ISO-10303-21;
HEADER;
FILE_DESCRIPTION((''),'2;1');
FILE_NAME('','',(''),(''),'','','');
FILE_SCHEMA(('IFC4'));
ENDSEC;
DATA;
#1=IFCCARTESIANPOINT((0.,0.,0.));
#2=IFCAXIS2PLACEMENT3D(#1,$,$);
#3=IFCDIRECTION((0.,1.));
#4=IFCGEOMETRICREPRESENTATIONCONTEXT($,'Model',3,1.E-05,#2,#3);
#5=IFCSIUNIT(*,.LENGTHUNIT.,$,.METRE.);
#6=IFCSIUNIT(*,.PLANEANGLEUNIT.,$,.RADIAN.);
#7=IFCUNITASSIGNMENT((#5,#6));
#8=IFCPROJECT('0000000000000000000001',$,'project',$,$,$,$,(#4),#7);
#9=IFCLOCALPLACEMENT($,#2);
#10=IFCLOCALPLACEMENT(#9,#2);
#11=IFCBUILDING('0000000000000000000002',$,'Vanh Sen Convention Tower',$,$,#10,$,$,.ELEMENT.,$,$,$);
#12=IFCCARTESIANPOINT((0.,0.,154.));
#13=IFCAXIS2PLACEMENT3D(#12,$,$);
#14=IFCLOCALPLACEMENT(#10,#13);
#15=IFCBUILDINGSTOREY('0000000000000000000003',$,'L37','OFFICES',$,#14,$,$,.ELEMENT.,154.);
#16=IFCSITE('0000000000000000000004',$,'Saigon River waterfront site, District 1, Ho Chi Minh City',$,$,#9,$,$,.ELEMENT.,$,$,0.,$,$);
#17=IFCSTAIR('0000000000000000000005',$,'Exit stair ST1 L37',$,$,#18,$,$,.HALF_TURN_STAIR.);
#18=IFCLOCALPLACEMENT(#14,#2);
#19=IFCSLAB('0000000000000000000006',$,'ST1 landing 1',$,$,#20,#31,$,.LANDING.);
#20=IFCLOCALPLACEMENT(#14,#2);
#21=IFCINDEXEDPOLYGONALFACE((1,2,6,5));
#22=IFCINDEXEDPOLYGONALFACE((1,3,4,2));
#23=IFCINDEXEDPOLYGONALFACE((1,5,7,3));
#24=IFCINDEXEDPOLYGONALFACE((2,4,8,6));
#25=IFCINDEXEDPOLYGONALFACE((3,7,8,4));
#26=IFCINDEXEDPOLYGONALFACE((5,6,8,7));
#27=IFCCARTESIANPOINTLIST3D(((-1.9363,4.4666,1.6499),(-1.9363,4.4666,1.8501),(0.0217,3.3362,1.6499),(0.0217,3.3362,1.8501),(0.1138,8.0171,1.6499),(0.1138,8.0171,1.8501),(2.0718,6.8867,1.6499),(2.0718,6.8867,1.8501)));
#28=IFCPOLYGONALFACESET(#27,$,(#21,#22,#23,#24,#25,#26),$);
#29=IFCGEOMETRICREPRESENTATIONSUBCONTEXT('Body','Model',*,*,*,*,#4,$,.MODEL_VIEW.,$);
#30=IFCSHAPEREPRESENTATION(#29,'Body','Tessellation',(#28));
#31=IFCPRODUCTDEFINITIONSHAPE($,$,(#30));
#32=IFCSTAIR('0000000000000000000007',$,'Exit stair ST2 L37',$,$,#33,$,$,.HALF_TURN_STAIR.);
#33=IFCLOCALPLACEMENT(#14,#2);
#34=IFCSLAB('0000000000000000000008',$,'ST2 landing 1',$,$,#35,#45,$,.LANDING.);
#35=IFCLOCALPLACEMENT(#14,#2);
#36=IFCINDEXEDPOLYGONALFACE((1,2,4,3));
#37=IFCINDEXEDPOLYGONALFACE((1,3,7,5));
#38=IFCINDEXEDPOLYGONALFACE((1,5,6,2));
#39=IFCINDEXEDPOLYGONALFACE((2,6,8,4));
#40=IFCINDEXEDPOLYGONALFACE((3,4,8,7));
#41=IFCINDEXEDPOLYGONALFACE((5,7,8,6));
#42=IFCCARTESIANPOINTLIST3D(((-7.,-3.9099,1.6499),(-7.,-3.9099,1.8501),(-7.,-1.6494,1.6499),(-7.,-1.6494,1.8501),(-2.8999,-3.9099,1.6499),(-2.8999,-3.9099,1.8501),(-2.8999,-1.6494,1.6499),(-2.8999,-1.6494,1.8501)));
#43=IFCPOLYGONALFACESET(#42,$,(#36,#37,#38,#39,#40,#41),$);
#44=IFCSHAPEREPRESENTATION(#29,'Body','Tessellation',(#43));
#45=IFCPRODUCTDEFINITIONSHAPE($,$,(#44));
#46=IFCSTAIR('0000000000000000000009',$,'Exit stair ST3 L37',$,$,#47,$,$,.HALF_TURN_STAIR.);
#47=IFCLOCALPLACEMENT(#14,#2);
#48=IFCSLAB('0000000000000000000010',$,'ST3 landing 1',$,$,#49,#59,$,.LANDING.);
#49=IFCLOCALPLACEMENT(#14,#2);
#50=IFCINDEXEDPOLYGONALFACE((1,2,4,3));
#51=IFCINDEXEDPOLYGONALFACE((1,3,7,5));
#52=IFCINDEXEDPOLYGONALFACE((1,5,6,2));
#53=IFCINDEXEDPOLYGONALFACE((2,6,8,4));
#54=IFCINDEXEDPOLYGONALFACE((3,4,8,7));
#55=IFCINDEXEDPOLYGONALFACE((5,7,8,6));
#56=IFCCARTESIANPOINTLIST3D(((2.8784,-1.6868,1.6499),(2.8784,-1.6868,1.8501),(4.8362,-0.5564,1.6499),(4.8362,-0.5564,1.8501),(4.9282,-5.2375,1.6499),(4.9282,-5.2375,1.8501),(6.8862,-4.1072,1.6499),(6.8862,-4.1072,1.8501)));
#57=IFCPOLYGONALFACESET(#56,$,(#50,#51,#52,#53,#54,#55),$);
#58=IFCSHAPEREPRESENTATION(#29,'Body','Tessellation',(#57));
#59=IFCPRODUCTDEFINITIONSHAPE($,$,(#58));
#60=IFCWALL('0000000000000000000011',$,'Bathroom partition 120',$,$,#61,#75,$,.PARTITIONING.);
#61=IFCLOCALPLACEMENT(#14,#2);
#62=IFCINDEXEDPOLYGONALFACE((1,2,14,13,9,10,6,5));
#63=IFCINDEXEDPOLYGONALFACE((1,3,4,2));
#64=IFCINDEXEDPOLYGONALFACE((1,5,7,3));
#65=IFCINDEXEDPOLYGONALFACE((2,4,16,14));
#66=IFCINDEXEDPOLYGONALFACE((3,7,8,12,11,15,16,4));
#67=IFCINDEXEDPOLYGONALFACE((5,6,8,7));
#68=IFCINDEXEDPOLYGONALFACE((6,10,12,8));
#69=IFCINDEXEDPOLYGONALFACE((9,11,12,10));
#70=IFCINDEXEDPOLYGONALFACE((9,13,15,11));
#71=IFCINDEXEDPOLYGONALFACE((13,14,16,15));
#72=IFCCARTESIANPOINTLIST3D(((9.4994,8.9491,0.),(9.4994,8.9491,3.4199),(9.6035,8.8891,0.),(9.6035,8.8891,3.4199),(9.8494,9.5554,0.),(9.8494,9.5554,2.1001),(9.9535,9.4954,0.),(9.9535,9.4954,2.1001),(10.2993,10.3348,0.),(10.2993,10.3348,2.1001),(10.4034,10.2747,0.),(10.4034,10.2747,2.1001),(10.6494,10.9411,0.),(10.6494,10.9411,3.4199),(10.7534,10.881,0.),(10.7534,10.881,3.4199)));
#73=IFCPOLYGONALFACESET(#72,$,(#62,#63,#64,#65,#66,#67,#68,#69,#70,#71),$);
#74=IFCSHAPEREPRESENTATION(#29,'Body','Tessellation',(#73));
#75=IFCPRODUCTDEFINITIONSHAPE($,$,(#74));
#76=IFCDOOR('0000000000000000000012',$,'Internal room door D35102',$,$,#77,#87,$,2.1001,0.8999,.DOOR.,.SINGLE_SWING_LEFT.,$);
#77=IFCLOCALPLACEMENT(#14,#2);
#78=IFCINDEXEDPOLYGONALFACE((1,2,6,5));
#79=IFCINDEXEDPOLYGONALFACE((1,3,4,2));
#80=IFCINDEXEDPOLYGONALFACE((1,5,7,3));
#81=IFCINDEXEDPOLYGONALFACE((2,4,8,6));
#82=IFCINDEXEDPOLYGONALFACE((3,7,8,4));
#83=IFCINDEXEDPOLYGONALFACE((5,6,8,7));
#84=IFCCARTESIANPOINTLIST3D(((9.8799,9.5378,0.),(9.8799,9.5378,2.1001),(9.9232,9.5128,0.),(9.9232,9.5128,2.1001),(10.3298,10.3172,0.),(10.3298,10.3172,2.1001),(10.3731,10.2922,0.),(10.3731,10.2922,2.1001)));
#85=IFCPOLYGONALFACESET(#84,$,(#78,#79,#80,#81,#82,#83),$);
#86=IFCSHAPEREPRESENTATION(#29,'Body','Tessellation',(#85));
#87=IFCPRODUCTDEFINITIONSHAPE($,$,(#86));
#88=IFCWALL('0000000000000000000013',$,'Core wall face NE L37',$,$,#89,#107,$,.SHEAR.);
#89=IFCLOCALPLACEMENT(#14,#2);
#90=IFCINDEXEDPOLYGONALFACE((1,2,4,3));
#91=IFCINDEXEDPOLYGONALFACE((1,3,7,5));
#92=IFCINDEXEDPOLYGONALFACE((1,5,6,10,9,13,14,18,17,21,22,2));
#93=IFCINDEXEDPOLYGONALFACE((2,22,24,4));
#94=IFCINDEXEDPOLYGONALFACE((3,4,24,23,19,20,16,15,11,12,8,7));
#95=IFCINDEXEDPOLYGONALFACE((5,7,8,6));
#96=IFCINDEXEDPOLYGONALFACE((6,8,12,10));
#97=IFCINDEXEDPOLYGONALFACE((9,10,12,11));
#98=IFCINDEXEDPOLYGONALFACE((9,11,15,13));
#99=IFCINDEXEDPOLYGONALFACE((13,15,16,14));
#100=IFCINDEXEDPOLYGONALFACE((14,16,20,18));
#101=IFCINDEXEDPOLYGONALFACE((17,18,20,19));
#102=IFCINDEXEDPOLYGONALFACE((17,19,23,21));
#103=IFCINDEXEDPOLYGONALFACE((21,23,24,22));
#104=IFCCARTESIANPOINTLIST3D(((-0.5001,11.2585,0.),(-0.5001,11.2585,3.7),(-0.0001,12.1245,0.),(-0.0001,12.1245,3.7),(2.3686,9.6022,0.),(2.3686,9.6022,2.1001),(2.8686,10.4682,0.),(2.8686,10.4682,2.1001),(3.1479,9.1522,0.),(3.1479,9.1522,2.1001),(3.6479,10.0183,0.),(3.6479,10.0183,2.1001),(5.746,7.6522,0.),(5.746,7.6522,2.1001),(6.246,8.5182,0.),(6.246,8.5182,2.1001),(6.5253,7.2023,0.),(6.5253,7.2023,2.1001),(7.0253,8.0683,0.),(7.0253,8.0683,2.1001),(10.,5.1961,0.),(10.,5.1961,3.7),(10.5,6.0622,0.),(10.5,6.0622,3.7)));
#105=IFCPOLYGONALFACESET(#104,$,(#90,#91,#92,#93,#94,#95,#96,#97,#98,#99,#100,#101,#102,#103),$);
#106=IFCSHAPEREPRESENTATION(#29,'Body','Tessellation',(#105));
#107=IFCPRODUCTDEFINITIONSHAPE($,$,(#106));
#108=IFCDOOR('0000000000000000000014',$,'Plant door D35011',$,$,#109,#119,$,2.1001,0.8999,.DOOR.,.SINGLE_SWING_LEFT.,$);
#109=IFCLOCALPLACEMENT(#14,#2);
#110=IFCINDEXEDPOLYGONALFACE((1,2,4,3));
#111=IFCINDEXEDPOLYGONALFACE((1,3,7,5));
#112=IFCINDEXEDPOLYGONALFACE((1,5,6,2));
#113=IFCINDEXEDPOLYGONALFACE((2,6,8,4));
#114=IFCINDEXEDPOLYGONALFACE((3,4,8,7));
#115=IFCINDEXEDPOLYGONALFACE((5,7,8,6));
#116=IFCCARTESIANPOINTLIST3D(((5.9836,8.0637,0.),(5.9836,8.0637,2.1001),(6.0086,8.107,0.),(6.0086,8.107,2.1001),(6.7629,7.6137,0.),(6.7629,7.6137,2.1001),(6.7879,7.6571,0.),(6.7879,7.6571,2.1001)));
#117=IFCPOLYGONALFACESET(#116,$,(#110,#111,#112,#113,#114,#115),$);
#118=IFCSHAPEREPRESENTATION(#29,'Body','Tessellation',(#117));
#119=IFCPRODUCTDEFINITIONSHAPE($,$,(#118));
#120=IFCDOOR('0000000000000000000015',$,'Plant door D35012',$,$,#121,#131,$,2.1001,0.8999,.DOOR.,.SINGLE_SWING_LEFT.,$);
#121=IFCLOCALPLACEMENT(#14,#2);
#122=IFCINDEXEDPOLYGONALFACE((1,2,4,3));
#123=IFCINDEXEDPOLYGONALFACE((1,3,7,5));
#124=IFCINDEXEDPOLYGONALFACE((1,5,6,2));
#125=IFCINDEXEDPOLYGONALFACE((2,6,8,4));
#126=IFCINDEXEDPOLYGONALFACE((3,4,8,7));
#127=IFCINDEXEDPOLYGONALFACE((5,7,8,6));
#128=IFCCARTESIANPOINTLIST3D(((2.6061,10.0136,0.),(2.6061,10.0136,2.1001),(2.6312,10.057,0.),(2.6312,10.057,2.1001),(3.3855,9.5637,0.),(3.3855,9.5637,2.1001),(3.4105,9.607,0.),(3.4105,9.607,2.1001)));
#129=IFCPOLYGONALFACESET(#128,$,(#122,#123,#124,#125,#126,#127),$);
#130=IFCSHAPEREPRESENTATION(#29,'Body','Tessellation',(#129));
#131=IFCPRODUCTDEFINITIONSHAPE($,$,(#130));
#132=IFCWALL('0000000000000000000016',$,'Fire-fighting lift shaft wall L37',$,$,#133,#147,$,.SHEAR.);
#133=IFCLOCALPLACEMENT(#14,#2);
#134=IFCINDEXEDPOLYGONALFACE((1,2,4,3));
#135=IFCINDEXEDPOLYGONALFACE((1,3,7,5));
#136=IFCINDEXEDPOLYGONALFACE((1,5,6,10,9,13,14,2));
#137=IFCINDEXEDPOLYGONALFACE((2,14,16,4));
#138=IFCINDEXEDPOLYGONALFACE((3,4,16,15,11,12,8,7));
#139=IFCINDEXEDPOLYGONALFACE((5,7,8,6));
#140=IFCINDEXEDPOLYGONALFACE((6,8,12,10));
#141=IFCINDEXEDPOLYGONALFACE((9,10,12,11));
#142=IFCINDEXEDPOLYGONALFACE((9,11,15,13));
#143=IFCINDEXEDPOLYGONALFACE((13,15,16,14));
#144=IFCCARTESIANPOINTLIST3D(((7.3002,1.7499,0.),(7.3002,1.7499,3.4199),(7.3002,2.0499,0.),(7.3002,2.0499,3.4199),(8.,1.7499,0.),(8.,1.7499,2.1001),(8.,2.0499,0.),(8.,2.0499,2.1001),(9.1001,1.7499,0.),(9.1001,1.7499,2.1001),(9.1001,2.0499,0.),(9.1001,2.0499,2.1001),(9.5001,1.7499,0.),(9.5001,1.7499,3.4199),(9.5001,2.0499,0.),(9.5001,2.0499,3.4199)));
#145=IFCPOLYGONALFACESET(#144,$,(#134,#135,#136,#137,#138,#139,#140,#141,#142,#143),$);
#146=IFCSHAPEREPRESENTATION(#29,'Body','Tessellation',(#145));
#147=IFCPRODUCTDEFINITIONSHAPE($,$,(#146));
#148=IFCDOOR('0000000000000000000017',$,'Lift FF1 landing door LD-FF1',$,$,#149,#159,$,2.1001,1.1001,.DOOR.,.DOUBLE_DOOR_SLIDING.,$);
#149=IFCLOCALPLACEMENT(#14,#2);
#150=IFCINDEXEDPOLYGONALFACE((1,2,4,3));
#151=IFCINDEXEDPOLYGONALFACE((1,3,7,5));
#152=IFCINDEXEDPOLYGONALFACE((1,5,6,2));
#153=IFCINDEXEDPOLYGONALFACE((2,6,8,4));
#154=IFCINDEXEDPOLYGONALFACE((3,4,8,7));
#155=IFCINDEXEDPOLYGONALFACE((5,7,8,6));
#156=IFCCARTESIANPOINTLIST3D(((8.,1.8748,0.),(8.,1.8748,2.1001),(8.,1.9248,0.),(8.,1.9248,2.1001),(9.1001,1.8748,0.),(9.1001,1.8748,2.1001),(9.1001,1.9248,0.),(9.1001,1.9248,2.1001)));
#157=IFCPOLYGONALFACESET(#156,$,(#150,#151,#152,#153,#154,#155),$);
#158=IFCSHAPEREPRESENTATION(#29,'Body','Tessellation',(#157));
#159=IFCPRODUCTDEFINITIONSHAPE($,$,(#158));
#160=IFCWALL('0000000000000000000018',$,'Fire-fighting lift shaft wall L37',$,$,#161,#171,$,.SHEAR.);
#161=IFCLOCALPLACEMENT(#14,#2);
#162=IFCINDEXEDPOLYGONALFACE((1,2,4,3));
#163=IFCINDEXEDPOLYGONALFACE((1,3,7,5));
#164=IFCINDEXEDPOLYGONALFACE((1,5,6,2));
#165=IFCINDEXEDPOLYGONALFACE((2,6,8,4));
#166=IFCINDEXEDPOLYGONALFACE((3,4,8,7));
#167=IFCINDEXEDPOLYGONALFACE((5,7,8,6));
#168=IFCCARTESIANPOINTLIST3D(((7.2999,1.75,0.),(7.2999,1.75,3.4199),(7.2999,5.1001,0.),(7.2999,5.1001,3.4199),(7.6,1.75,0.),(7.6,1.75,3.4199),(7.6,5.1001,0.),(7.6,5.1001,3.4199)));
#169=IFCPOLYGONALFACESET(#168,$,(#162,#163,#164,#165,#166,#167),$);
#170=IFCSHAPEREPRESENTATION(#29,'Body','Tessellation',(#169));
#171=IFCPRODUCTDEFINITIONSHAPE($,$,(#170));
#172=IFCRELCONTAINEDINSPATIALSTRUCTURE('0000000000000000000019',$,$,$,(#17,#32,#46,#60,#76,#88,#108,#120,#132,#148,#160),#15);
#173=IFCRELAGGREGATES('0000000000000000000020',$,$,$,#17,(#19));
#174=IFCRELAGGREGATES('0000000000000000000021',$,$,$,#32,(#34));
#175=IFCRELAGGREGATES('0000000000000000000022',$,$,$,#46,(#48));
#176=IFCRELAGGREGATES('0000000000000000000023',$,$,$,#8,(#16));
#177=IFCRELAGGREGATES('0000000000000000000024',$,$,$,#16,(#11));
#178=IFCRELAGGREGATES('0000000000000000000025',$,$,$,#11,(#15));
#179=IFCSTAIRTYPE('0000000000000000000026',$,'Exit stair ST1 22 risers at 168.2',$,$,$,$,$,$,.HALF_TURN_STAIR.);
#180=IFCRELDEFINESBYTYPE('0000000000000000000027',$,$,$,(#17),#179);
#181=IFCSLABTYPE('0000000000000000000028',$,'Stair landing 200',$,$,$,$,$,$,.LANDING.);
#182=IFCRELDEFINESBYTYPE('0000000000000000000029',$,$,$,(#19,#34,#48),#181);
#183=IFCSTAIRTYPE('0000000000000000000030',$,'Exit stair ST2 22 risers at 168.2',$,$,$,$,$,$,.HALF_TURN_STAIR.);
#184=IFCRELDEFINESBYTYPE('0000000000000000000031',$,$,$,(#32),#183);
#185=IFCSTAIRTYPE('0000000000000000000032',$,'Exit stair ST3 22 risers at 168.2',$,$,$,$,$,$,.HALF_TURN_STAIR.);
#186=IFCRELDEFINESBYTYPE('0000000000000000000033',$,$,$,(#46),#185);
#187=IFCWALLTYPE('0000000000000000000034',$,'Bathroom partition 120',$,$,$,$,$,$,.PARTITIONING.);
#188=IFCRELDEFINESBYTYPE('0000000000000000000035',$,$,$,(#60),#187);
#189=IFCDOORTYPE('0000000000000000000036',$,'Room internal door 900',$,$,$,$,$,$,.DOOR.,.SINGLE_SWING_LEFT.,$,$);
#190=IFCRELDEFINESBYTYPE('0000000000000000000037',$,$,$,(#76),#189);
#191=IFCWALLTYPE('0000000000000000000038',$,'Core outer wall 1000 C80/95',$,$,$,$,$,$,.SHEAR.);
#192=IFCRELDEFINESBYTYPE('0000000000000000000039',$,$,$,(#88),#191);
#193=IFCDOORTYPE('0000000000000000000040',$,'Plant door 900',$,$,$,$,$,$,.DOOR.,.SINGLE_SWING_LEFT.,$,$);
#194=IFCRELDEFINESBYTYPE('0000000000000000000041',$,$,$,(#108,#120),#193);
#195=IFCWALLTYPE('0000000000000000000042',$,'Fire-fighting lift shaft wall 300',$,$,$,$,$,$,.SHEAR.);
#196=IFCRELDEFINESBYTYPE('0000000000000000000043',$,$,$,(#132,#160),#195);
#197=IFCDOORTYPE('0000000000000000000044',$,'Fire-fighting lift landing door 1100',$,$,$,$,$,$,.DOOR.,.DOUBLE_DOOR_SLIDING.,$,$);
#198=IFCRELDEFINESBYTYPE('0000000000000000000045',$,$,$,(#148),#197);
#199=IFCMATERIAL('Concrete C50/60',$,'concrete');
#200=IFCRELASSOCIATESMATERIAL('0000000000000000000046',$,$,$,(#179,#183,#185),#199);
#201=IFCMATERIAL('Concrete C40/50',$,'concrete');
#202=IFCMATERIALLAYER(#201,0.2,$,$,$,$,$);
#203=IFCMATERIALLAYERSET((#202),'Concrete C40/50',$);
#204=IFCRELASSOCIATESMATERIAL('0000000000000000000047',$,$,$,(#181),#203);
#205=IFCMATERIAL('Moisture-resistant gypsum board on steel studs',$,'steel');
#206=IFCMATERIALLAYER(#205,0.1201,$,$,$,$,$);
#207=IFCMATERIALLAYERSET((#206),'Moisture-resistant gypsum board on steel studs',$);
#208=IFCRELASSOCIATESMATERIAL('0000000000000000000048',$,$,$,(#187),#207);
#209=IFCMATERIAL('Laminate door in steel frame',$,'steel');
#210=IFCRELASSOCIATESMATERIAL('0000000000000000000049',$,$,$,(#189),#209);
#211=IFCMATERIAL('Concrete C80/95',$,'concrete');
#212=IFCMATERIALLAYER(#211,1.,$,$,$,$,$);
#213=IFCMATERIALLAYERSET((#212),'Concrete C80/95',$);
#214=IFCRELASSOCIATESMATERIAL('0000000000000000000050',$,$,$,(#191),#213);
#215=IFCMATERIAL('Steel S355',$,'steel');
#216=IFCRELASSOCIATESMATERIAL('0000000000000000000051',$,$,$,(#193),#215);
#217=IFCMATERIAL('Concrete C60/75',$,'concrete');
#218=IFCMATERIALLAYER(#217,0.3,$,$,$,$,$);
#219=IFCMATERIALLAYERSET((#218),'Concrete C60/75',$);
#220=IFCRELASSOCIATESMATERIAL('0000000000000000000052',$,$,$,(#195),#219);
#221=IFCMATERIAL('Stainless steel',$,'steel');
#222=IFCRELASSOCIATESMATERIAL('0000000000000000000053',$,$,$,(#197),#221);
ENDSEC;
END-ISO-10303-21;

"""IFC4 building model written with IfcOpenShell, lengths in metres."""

from ifc_helpers import new_model, si_unit, direction, frame, frame_2d, origin, place, context, subcontext, project, spatial, polyline, rectangle, outline, extrude, material, layer, layer_set, type_object, element, fill, aggregate, save


model = new_model("IFC4")

# Units and contexts
model_context = context("Model", 3, precision=1e-05, world=origin(), true_north=direction((0.0, 1.0)))
body_context = subcontext(model_context, "Body", "Model", "MODEL_VIEW")
ifc_project = project(units=[si_unit("LENGTHUNIT", "METRE"), si_unit("PLANEANGLEUNIT", "RADIAN")], contexts=[model_context])

# Site, building, storey
site_placement = place(None, origin())
site = spatial("IfcSite", under=ifc_project, at=site_placement, Name="Saigon River waterfront site, District 1, Ho Chi Minh City", CompositionType="ELEMENT", RefElevation=0.0)
building_placement = place(site_placement, origin())
building = spatial("IfcBuilding", under=site, at=building_placement, Name="Vanh Sen Convention Tower", CompositionType="ELEMENT")
storey_placement = place(building_placement, frame((0.0, 0.0, 154.0)))
storey = spatial("IfcBuildingStorey", under=building, at=storey_placement, Name="L37", Description="OFFICES", CompositionType="ELEMENT", Elevation=154.0)

# Stairs, slabs
ifc_material_1 = material(Name="Concrete C50/60", Category="concrete")
stair_type_1 = type_object("IfcStairType", Name="Exit stair ST1 22 risers at 168.2", PredefinedType="HALF_TURN_STAIR", material=ifc_material_1)
stair_1_placement = place(storey_placement, origin())
stair_1 = element("IfcStair", 1, at=stair_1_placement, inside=storey, type_object=stair_type_1, Name="Exit stair ST1 L37", PredefinedType="HALF_TURN_STAIR")
ifc_material_2 = material(Name="Concrete C40/50", Category="concrete")
ifc_layer_1 = layer(ifc_material_2, 0.2)
ifc_layer_set_1 = layer_set([ifc_layer_1], Name="Concrete C40/50")
slab_type = type_object("IfcSlabType", Name="Stair landing 200", PredefinedType="LANDING", material=ifc_layer_set_1)
slab_1_placement = place(storey_placement, frame((0.0, 0.0, 1.6499)))
slab_1 = element("IfcSlab", 2, at=slab_1_placement, type_object=slab_type, Name="ST1 landing 1", PredefinedType="LANDING", context=body_context, shape_type="SweptSolid", body=[
    extrude(outline(polyline([(2.0718, 6.8867), (0.1138, 8.0171), (-1.9363, 4.4666), (0.0217, 3.3362), (2.0718, 6.8867)])), origin(), (0.0, 0.0, 1.0), 0.2002),
])
aggregate(stair_1, [slab_1])
stair_type_2 = type_object("IfcStairType", Name="Exit stair ST2 22 risers at 168.2", PredefinedType="HALF_TURN_STAIR", material=ifc_material_1)
stair_2_placement = place(storey_placement, origin())
stair_2 = element("IfcStair", 3, at=stair_2_placement, inside=storey, type_object=stair_type_2, Name="Exit stair ST2 L37", PredefinedType="HALF_TURN_STAIR")
slab_2_placement = place(storey_placement, frame((0.0, 0.0, 1.6499)))
slab_2 = element("IfcSlab", 4, at=slab_2_placement, type_object=slab_type, Name="ST2 landing 1", PredefinedType="LANDING", context=body_context, shape_type="SweptSolid", body=[
    extrude(outline(polyline([(-7.0, -1.6494), (-7.0, -3.9099), (-2.8999, -3.9099), (-2.8999, -1.6494), (-7.0, -1.6494)])), origin(), (0.0, 0.0, 1.0), 0.2002),
])
aggregate(stair_2, [slab_2])
stair_type_3 = type_object("IfcStairType", Name="Exit stair ST3 22 risers at 168.2", PredefinedType="HALF_TURN_STAIR", material=ifc_material_1)
stair_3_placement = place(storey_placement, origin())
stair_3 = element("IfcStair", 5, at=stair_3_placement, inside=storey, type_object=stair_type_3, Name="Exit stair ST3 L37", PredefinedType="HALF_TURN_STAIR")
slab_3_placement = place(storey_placement, frame((0.0, 0.0, 1.6499)))
slab_3 = element("IfcSlab", 6, at=slab_3_placement, type_object=slab_type, Name="ST3 landing 1", PredefinedType="LANDING", context=body_context, shape_type="SweptSolid", body=[
    extrude(outline(polyline([(4.9282, -5.2375), (6.8862, -4.1072), (4.8362, -0.5564), (2.8784, -1.6868), (4.9282, -5.2375)])), origin(), (0.0, 0.0, 1.0), 0.2002),
])
aggregate(stair_3, [slab_3])

# Wall, opening, door
ifc_material_3 = material(Name="Moisture-resistant gypsum board on steel studs", Category="steel")
ifc_layer_2 = layer(ifc_material_3, 0.1201)
ifc_layer_set_2 = layer_set([ifc_layer_2], Name="Moisture-resistant gypsum board on steel studs")
wall_type_1 = type_object("IfcWallType", Name="Bathroom partition 120", PredefinedType="PARTITIONING", material=ifc_layer_set_2)
wall_1_placement = place(storey_placement, frame((9.5515, 8.9192, 0.0), z_axis=(0.0, 0.0, 1.0), x_axis=(0.499952, 0.866053, 0.0)))
wall_1 = element("IfcWall", 7, at=wall_1_placement, inside=storey, type_object=wall_type_1, Name="Bathroom partition 120", PredefinedType="PARTITIONING", context=body_context, shape_type="SweptSolid", body=[
    extrude(rectangle(XDim=2.3, YDim=0.1201, at=frame_2d((1.1499, 0.0))), origin(), (0.0, 0.0, 1.0), 3.4199),
])
opening_1_placement = place(wall_1_placement, frame((0.7, 0.0, 0.0)))
opening_1 = element("IfcOpeningElement", 8, at=opening_1_placement, cuts=wall_1, PredefinedType="OPENING", context=body_context, shape_type="SweptSolid", body=[
    extrude(rectangle(XDim=0.8999, YDim=2.1001, at=frame_2d((0.45, 1.05))), frame((0.0, 0.0701, 0.0), z_axis=(0.0, -1.0, 0.0), x_axis=(1.0, 0.0, 0.0)), (0.0, 0.0, 1.0), 0.1401),
])
ifc_material_4 = material(Name="Laminate door in steel frame", Category="steel")
door_type_1 = type_object("IfcDoorType", Name="Room internal door 900", OperationType="SINGLE_SWING_LEFT", PredefinedType="DOOR", material=ifc_material_4)
door_1_placement = place(opening_1_placement, origin())
door_1 = element("IfcDoor", 9, at=door_1_placement, inside=storey, type_object=door_type_1, Name="Internal room door D35102", OperationType="SINGLE_SWING_LEFT", OverallHeight=2.1001, OverallWidth=0.8999, PredefinedType="DOOR", context=body_context, shape_type="SweptSolid", body=[
    extrude(rectangle(XDim=0.8999, YDim=2.1001, at=frame_2d((0.45, 1.05))), frame((0.0, 0.0249, 0.0), z_axis=(0.0, -1.0, 0.0), x_axis=(1.0, 0.0, 0.0)), (0.0, 0.0, 1.0), 0.05),
])
fill(opening_1, door_1)

# Wall, openings, doors
ifc_material_5 = material(Name="Concrete C80/95", Category="concrete")
ifc_layer_3 = layer(ifc_material_5, 1.0)
ifc_layer_set_3 = layer_set([ifc_layer_3], Name="Concrete C80/95")
wall_type_2 = type_object("IfcWallType", Name="Core outer wall 1000 C80/95", PredefinedType="SHEAR", material=ifc_layer_set_3)
wall_2_placement = place(storey_placement, frame((10.25, 5.6292, 0.0), z_axis=(0.0, 0.0, 1.0), x_axis=(-0.866023, 0.500005, 0.0)))
wall_2 = element("IfcWall", 10, at=wall_2_placement, inside=storey, type_object=wall_type_2, Name="Core wall face NE L37", PredefinedType="SHEAR", context=body_context, shape_type="SweptSolid", body=[
    extrude(rectangle(XDim=12.1245, YDim=1.0, at=frame_2d((6.0623, 0.0))), origin(), (0.0, 0.0, 1.0), 3.7),
])
opening_2_placement = place(wall_2_placement, frame((4.0122, 0.0, 0.0)))
opening_2 = element("IfcOpeningElement", 11, at=opening_2_placement, cuts=wall_2, PredefinedType="OPENING", context=body_context, shape_type="SweptSolid", body=[
    extrude(rectangle(XDim=0.8999, YDim=2.1001, at=frame_2d((0.45, 1.05))), frame((0.0, 0.51, 0.0), z_axis=(0.0, -1.0, 0.0), x_axis=(1.0, 0.0, 0.0)), (0.0, 0.0, 1.0), 1.02),
])
opening_3_placement = place(wall_2_placement, frame((7.9121, 0.0, 0.0)))
opening_3 = element("IfcOpeningElement", 12, at=opening_3_placement, cuts=wall_2, PredefinedType="OPENING", context=body_context, shape_type="SweptSolid", body=[
    extrude(rectangle(XDim=0.8999, YDim=2.1001, at=frame_2d((0.45, 1.05))), frame((0.0, 0.51, 0.0), z_axis=(0.0, -1.0, 0.0), x_axis=(1.0, 0.0, 0.0)), (0.0, 0.0, 1.0), 1.02),
])
ifc_material_6 = material(Name="Steel S355", Category="steel")
door_type_2 = type_object("IfcDoorType", Name="Plant door 900", OperationType="SINGLE_SWING_LEFT", PredefinedType="DOOR", material=ifc_material_6)
door_2_placement = place(opening_2_placement, origin())
door_2 = element("IfcDoor", 13, at=door_2_placement, inside=storey, type_object=door_type_2, Name="Plant door D35011", OperationType="SINGLE_SWING_LEFT", OverallHeight=2.1001, OverallWidth=0.8999, PredefinedType="DOOR", context=body_context, shape_type="SweptSolid", body=[
    extrude(rectangle(XDim=0.8999, YDim=2.1001, at=frame_2d((0.45, 1.05))), frame((0.0, 0.0249, 0.0), z_axis=(0.0, -1.0, 0.0), x_axis=(1.0, 0.0, 0.0)), (0.0, 0.0, 1.0), 0.05),
])
fill(opening_2, door_2)
door_3_placement = place(opening_3_placement, origin())
door_3 = element("IfcDoor", 14, at=door_3_placement, inside=storey, type_object=door_type_2, Name="Plant door D35012", OperationType="SINGLE_SWING_LEFT", OverallHeight=2.1001, OverallWidth=0.8999, PredefinedType="DOOR", context=body_context, shape_type="SweptSolid", body=[
    extrude(rectangle(XDim=0.8999, YDim=2.1001, at=frame_2d((0.45, 1.05))), frame((0.0, 0.0249, 0.0), z_axis=(0.0, -1.0, 0.0), x_axis=(1.0, 0.0, 0.0)), (0.0, 0.0, 1.0), 0.05),
])
fill(opening_3, door_3)

# Wall, opening, door
ifc_material_7 = material(Name="Concrete C60/75", Category="concrete")
ifc_layer_4 = layer(ifc_material_7, 0.3)
ifc_layer_set_4 = layer_set([ifc_layer_4], Name="Concrete C60/75")
wall_type_3 = type_object("IfcWallType", Name="Fire-fighting lift shaft wall 300", PredefinedType="SHEAR", material=ifc_layer_set_4)
wall_3_placement = place(storey_placement, frame((7.3, 1.8999, 0.0), z_axis=(0.0, 0.0, 1.0), x_axis=(1.0, 0.0, 0.0)))
wall_3 = element("IfcWall", 15, at=wall_3_placement, inside=storey, type_object=wall_type_3, Name="Fire-fighting lift shaft wall L37", PredefinedType="SHEAR", context=body_context, shape_type="SweptSolid", body=[
    extrude(rectangle(XDim=2.2, YDim=0.3, at=frame_2d((1.1001, 0.0))), origin(), (0.0, 0.0, 1.0), 3.4199),
])
opening_4_placement = place(wall_3_placement, frame((0.7, 0.0, 0.0)))
opening_4 = element("IfcOpeningElement", 16, at=opening_4_placement, cuts=wall_3, PredefinedType="OPENING", context=body_context, shape_type="SweptSolid", body=[
    extrude(rectangle(XDim=1.1001, YDim=2.1001, at=frame_2d((0.55, 1.05))), frame((0.0, 0.1599, 0.0), z_axis=(0.0, -1.0, 0.0), x_axis=(1.0, 0.0, 0.0)), (0.0, 0.0, 1.0), 0.3201),
])
ifc_material_8 = material(Name="Stainless steel", Category="steel")
door_type_3 = type_object("IfcDoorType", Name="Fire-fighting lift landing door 1100", OperationType="DOUBLE_DOOR_SLIDING", PredefinedType="DOOR", material=ifc_material_8)
door_4_placement = place(opening_4_placement, origin())
door_4 = element("IfcDoor", 17, at=door_4_placement, inside=storey, type_object=door_type_3, Name="Lift FF1 landing door LD-FF1", OperationType="DOUBLE_DOOR_SLIDING", OverallHeight=2.1001, OverallWidth=1.1001, PredefinedType="DOOR", context=body_context, shape_type="SweptSolid", body=[
    extrude(rectangle(XDim=1.1001, YDim=2.1001, at=frame_2d((0.55, 1.05))), frame((0.0, 0.0249, 0.0), z_axis=(0.0, -1.0, 0.0), x_axis=(1.0, 0.0, 0.0)), (0.0, 0.0, 1.0), 0.05),
])
fill(opening_4, door_4)

# Wall
wall_4_placement = place(storey_placement, frame((7.45, 1.75, 0.0), z_axis=(0.0, 0.0, 1.0), x_axis=(0.0, 1.0, 0.0)))
element("IfcWall", 18, at=wall_4_placement, inside=storey, type_object=wall_type_3, Name="Fire-fighting lift shaft wall L37", PredefinedType="SHEAR", context=body_context, shape_type="SweptSolid", body=[
    extrude(rectangle(XDim=3.3501, YDim=0.3, at=frame_2d((1.675, 0.0))), origin(), (0.0, 0.0, 1.0), 3.4199),
])

save(model, "model.ifc")
